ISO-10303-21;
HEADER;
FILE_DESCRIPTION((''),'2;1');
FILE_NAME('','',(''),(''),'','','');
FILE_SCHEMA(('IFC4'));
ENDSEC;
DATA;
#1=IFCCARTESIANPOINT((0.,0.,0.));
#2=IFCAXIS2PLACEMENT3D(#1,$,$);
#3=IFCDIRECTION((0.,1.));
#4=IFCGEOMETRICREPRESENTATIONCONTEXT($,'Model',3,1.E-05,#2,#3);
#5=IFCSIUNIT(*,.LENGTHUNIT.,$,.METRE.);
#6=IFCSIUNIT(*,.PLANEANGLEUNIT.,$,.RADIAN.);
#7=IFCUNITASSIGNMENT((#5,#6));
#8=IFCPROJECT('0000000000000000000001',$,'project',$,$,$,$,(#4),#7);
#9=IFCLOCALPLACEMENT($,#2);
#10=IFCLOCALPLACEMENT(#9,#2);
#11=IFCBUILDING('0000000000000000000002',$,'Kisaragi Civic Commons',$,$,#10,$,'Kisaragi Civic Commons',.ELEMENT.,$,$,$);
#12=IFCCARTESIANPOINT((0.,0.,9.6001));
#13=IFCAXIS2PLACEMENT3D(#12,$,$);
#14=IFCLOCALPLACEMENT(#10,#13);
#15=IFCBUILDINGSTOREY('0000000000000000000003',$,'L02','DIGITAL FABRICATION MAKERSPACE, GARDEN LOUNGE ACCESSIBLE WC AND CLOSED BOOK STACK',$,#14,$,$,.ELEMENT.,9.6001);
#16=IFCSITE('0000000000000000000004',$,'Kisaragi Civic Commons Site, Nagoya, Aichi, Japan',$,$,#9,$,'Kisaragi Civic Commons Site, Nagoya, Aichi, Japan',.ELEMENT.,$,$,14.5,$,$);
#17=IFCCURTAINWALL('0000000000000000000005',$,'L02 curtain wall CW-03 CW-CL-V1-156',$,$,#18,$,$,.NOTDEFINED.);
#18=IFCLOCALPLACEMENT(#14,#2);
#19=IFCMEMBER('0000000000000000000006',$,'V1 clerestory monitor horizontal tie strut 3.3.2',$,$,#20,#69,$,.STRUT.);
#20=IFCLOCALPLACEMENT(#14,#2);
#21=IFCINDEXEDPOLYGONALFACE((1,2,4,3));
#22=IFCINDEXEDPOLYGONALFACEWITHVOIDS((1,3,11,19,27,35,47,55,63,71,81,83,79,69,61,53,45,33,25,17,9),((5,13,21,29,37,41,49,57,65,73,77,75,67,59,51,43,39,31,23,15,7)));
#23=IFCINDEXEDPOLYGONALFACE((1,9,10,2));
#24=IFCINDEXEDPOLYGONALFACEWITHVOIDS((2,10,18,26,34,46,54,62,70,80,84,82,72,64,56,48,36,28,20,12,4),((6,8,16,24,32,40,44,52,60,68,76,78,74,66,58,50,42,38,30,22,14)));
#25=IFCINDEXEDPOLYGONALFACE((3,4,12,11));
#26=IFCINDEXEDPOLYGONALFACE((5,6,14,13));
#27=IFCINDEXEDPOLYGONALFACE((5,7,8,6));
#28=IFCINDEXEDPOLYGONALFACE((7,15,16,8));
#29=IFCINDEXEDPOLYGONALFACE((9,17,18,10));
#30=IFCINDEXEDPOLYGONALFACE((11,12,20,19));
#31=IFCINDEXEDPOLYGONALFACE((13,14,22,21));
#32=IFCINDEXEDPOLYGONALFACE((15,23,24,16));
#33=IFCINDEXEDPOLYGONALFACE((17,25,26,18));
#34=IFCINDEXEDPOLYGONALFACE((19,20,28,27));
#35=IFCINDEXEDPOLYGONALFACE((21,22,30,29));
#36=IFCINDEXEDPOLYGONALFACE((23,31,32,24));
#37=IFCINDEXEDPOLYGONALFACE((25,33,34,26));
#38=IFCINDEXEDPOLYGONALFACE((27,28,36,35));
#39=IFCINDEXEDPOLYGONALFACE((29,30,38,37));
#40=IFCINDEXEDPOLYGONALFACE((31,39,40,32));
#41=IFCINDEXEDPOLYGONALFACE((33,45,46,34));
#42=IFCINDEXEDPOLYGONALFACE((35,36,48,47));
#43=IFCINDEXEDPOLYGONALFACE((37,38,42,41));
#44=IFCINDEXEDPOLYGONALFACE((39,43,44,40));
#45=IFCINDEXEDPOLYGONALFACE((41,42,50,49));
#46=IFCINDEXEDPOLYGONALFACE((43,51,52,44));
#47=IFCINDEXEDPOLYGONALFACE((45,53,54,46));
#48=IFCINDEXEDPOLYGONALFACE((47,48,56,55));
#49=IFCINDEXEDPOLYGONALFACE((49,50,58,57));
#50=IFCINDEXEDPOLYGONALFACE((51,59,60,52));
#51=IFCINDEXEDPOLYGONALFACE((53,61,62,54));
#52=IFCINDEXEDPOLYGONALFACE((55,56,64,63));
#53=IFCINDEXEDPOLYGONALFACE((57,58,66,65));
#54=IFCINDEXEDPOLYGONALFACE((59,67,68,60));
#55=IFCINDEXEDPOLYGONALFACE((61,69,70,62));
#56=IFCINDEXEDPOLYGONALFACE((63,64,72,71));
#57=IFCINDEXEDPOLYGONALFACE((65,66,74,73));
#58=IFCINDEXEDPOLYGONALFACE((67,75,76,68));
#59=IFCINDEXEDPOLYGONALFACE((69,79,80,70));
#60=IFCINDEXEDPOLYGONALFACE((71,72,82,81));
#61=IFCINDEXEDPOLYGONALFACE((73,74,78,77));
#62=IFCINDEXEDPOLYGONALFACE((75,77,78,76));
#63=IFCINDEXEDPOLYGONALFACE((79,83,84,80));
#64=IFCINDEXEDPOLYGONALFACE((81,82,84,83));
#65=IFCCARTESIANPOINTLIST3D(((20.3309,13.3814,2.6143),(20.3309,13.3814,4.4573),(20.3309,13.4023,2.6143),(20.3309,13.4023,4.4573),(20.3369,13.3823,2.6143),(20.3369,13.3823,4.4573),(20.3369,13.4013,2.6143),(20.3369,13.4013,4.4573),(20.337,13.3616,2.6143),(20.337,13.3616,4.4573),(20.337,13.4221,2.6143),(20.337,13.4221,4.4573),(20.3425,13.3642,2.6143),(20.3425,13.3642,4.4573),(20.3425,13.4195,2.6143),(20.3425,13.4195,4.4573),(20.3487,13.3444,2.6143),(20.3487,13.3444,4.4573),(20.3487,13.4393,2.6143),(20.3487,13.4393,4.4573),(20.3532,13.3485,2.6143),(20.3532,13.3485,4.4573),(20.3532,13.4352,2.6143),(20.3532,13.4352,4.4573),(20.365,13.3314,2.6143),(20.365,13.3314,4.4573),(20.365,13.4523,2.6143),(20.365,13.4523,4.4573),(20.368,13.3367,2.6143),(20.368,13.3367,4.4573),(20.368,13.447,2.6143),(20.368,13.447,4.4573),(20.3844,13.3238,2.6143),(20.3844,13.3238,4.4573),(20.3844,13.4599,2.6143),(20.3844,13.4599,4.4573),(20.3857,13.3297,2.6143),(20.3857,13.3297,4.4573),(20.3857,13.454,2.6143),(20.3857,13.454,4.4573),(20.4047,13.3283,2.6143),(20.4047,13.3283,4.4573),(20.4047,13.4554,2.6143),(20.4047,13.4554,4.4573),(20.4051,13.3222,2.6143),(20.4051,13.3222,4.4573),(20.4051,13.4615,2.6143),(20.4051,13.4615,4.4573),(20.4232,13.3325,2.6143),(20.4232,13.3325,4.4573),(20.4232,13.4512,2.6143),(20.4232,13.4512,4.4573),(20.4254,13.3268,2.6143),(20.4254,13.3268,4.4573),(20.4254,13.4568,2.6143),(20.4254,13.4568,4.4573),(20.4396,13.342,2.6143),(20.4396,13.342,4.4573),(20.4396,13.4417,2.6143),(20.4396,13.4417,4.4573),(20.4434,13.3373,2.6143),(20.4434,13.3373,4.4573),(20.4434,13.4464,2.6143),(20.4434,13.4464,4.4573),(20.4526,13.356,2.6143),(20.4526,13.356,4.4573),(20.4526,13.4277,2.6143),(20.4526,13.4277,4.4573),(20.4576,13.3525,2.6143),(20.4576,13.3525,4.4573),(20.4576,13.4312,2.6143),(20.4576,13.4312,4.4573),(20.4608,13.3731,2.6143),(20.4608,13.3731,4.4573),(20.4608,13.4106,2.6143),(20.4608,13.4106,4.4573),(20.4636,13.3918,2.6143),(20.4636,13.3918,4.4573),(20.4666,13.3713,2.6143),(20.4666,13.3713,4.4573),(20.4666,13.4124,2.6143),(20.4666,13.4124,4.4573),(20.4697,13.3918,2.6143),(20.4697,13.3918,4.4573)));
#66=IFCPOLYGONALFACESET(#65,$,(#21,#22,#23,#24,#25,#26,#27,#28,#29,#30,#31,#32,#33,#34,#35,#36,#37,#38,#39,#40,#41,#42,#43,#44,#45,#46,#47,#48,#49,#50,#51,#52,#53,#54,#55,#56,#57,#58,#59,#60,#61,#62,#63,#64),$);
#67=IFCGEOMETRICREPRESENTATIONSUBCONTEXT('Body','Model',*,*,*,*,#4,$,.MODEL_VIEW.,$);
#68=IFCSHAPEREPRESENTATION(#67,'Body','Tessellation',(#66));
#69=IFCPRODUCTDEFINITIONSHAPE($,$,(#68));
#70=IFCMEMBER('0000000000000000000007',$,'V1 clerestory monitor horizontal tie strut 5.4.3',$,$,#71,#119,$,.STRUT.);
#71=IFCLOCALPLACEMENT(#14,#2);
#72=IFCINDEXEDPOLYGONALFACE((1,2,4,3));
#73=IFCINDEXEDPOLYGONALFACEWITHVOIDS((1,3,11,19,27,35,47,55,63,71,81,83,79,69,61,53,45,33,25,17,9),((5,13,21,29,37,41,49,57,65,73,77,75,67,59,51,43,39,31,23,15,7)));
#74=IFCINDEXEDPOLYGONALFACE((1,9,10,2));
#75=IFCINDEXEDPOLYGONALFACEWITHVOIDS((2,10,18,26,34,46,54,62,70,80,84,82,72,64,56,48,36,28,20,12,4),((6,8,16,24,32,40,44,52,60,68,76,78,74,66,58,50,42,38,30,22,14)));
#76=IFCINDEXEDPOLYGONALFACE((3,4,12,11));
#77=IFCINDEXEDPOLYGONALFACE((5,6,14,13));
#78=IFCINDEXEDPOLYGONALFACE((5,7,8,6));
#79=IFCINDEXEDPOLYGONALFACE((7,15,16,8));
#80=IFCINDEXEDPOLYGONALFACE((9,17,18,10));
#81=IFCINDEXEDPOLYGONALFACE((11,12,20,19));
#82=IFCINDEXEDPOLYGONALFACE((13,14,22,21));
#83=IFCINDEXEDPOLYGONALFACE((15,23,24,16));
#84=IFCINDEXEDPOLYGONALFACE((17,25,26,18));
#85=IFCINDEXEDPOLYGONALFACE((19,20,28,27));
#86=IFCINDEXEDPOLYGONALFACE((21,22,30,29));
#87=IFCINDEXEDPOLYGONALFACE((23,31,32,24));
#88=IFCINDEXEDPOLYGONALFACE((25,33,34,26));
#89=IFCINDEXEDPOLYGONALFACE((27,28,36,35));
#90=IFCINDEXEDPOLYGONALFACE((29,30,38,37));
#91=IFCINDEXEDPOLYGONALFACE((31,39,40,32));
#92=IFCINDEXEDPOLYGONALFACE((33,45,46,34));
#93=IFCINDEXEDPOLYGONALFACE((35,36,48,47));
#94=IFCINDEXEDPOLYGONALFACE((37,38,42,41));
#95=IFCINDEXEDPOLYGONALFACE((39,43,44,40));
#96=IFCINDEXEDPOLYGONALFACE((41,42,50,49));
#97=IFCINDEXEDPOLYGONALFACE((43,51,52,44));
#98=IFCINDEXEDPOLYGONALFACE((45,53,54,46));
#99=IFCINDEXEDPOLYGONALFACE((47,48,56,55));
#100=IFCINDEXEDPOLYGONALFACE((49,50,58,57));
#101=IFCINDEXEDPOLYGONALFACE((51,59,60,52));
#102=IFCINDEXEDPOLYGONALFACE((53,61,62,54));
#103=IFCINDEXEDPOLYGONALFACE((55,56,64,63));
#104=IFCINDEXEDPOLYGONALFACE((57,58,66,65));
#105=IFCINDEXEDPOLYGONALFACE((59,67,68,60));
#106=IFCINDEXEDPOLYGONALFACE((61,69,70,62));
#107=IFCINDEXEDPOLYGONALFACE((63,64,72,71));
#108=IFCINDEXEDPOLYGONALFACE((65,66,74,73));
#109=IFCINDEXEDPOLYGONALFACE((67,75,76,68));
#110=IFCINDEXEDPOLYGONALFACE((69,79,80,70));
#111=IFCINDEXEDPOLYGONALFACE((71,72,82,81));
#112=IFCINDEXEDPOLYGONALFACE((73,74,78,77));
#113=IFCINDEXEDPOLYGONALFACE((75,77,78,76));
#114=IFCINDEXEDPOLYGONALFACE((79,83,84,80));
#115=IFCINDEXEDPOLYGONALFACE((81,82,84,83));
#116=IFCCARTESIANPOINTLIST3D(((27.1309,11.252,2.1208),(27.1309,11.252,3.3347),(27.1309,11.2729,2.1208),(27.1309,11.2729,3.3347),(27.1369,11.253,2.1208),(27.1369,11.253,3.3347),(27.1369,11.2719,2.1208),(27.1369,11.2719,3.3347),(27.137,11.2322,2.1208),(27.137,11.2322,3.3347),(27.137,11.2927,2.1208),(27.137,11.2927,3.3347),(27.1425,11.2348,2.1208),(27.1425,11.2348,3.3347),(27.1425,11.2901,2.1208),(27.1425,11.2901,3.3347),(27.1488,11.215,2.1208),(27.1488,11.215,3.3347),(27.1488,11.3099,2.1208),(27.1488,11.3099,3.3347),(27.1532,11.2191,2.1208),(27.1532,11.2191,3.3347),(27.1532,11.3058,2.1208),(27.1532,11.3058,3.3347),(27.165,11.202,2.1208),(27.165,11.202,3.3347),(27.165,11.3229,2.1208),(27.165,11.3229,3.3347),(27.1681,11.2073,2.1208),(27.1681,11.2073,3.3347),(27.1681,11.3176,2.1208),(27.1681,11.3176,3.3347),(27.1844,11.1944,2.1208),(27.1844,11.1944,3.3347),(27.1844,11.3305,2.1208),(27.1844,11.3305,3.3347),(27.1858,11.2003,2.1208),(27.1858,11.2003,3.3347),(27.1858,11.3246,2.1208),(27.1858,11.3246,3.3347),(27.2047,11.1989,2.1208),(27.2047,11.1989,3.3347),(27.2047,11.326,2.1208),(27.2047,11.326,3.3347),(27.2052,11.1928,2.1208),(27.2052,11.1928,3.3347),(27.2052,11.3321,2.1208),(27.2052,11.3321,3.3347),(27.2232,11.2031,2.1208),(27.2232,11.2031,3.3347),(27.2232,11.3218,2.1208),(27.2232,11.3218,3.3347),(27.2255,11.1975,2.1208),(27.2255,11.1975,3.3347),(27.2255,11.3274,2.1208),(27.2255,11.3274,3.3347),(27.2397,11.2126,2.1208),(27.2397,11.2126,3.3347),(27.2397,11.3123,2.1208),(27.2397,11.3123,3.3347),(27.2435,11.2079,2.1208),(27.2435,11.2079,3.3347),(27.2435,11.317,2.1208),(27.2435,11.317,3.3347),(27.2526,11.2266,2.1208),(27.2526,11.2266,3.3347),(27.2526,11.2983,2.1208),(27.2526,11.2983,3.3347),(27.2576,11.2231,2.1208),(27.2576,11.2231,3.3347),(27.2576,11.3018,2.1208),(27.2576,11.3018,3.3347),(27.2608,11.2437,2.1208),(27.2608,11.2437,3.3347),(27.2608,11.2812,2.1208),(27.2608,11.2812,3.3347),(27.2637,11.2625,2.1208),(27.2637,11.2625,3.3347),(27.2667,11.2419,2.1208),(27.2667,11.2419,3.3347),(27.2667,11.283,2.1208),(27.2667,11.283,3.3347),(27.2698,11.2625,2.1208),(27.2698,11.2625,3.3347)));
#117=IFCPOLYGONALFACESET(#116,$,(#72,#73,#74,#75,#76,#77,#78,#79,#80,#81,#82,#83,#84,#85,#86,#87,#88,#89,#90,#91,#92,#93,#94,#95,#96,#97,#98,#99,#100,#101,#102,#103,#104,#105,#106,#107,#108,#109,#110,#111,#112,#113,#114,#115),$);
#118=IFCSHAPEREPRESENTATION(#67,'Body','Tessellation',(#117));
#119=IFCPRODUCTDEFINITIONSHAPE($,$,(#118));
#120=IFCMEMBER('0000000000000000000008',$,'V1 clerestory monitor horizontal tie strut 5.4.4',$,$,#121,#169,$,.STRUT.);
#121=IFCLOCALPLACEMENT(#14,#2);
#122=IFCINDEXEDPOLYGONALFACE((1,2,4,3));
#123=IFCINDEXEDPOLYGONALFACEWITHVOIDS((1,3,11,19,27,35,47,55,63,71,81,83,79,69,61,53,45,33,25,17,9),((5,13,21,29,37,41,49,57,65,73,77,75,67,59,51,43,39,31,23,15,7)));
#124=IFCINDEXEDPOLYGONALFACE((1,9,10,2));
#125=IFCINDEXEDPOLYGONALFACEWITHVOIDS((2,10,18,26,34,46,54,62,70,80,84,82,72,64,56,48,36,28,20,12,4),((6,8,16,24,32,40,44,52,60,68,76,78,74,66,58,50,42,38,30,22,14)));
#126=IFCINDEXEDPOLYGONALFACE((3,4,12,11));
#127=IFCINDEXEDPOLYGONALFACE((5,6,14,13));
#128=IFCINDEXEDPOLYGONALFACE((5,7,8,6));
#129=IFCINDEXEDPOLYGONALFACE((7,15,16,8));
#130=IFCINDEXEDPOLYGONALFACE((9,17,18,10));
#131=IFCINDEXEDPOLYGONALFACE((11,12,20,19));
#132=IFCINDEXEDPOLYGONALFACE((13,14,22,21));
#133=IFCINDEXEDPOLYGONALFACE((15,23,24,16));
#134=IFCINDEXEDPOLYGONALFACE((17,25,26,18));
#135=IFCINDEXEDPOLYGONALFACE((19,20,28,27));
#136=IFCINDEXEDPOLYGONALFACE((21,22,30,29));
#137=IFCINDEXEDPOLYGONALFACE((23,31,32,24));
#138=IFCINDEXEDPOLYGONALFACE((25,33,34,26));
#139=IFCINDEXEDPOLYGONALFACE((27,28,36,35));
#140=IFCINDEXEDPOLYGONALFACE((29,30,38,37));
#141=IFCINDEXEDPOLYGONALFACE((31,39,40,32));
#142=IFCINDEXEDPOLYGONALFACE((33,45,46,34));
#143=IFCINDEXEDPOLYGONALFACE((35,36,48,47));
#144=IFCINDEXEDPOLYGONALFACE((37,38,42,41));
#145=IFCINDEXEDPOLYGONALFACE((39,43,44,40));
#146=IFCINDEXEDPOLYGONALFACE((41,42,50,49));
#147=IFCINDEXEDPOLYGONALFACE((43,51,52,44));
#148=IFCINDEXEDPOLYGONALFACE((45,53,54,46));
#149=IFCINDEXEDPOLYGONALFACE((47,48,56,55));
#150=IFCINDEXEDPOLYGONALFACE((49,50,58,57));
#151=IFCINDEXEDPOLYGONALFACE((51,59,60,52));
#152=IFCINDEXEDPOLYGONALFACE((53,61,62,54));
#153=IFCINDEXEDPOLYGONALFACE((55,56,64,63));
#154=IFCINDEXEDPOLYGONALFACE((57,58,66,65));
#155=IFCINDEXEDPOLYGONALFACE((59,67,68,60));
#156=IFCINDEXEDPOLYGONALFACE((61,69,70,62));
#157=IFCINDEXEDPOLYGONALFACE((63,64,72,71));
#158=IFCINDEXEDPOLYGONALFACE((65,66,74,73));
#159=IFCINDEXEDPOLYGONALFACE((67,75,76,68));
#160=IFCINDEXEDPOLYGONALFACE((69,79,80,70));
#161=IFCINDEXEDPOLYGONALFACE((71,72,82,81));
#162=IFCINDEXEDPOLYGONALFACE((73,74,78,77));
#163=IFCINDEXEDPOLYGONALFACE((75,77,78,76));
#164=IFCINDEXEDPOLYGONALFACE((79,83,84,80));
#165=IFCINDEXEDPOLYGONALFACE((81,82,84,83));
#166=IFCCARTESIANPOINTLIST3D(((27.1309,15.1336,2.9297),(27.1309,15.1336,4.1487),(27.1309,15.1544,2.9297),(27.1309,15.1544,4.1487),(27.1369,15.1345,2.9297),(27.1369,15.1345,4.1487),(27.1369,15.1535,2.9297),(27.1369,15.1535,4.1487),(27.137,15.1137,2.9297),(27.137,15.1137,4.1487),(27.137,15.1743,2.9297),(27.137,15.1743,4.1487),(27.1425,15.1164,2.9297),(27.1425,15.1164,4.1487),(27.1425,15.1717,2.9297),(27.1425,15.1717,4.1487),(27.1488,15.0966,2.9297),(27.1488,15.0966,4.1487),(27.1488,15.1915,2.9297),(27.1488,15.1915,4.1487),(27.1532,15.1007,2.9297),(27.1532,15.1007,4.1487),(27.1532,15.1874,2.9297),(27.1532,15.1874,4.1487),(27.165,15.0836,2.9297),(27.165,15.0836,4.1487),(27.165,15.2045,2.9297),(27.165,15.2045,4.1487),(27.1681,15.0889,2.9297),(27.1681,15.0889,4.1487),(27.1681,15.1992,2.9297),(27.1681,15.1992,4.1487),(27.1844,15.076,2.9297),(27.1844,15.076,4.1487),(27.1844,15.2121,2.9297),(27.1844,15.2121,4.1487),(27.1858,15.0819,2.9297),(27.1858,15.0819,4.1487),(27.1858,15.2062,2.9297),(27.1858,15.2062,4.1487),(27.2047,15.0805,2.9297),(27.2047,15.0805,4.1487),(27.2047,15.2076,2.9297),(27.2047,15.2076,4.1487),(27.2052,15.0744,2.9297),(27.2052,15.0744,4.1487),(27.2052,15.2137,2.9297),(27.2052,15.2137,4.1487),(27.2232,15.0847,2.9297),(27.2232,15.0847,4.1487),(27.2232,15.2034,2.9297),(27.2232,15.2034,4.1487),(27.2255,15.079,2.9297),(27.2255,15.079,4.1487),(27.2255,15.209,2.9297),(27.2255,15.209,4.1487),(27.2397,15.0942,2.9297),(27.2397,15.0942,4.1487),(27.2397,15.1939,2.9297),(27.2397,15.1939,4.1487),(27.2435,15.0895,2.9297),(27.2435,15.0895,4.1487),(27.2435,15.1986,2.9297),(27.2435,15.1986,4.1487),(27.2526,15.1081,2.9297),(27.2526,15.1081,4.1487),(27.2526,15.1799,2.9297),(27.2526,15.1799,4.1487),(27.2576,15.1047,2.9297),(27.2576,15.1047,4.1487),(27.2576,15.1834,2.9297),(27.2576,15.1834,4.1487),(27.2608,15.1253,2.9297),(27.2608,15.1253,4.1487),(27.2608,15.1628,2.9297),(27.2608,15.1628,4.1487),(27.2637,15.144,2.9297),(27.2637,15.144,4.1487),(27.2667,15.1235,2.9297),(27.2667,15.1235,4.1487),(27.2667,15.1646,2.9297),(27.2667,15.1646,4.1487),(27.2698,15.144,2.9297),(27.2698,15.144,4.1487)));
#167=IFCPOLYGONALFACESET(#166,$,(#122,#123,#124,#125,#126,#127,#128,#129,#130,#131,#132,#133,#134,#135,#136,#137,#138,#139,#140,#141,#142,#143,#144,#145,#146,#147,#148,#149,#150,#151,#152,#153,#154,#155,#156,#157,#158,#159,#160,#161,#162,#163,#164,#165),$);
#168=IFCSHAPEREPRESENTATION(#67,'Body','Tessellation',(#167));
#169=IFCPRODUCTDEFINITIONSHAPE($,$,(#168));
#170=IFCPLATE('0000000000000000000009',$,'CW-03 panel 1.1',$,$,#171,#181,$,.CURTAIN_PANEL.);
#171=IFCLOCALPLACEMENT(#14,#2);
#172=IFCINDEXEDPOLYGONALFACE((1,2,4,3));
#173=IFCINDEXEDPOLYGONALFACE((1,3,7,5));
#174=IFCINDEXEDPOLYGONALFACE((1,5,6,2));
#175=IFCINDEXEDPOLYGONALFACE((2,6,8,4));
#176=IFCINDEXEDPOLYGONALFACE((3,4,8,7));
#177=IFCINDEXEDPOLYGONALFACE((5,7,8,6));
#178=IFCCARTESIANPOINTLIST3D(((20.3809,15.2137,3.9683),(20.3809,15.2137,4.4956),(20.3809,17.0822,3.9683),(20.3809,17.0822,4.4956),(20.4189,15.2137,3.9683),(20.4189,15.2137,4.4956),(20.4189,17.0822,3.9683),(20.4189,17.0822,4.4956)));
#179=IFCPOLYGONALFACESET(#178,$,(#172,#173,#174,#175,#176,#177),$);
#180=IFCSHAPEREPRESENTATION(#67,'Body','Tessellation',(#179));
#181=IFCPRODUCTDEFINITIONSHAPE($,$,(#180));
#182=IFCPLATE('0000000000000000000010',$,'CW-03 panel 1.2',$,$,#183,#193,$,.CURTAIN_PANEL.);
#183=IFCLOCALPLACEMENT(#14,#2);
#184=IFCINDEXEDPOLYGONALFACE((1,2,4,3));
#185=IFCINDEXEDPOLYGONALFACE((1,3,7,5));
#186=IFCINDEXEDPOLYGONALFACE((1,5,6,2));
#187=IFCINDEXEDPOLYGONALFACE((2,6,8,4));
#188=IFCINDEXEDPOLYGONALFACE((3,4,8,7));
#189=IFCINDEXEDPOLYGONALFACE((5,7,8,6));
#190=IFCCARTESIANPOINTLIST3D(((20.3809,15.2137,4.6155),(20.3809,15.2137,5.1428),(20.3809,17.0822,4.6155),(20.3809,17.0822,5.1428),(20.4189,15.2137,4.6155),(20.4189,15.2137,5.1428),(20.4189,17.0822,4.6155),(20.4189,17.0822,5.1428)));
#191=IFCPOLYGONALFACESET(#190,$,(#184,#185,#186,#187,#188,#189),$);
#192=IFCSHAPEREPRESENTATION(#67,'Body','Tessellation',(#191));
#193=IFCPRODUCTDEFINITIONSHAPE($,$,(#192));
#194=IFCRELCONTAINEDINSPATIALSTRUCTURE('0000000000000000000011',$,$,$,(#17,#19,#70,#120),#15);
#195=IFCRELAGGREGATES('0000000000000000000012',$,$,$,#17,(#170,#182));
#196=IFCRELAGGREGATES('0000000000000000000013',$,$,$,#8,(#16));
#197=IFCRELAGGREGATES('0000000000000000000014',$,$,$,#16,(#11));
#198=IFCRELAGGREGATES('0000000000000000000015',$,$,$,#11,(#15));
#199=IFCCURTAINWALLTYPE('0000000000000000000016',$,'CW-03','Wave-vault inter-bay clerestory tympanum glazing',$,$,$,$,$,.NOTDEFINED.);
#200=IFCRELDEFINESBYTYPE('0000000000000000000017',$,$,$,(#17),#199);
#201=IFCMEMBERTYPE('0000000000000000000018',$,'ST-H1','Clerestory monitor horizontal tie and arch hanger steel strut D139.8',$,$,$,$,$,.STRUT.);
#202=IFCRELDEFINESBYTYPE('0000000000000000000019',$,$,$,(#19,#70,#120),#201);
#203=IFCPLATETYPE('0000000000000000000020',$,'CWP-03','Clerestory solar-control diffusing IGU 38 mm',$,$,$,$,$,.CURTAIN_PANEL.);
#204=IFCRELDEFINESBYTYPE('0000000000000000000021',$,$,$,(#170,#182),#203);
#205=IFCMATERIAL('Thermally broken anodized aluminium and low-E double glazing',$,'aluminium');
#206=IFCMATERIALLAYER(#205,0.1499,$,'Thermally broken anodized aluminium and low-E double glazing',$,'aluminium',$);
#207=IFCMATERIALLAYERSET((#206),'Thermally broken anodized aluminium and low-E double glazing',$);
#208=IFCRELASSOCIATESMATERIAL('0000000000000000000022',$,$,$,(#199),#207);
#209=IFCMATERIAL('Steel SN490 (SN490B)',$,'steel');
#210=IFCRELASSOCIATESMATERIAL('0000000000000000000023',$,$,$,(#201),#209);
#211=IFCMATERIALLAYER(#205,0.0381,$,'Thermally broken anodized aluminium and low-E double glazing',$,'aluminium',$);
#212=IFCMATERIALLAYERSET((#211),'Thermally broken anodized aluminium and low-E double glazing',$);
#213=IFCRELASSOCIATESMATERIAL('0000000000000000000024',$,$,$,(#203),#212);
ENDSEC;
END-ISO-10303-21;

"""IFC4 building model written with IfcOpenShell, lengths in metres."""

from ifc_helpers import new_model, si_unit, direction, frame, origin, origin_2d, place, context, subcontext, project, spatial, rectangle, hollow_circle, extrude, material, layer, layer_set, material_profile, profile_set, type_object, element, aggregate, save


model = new_model("IFC4")

# Units and contexts
model_context = context("Model", 3, precision=1e-05, world=origin(), true_north=direction((0.0, 1.0)))
body_context = subcontext(model_context, "Body", "Model", "MODEL_VIEW")
ifc_project = project(units=[si_unit("LENGTHUNIT", "METRE"), si_unit("PLANEANGLEUNIT", "RADIAN")], contexts=[model_context])

# Site, building, storey
site_placement = place(None, origin())
site = spatial("IfcSite", under=ifc_project, at=site_placement, Name="Kisaragi Civic Commons Site, Nagoya, Aichi, Japan", LongName="Kisaragi Civic Commons Site, Nagoya, Aichi, Japan", CompositionType="ELEMENT", RefElevation=14.5)
building_placement = place(site_placement, origin())
building = spatial("IfcBuilding", under=site, at=building_placement, Name="Kisaragi Civic Commons", LongName="Kisaragi Civic Commons", CompositionType="ELEMENT")
storey_placement = place(building_placement, frame((0.0, 0.0, 9.6001)))
storey = spatial("IfcBuildingStorey", under=building, at=storey_placement, Name="L02", Description="DIGITAL FABRICATION MAKERSPACE, GARDEN LOUNGE ACCESSIBLE WC AND CLOSED BOOK STACK", CompositionType="ELEMENT", Elevation=9.6001)

# Shared definitions
ifc_material_1 = material(Name="Thermally broken anodized aluminium and low-E double glazing", Category="aluminium")
ifc_layer_1 = layer(ifc_material_1, 0.1499, Name="Thermally broken anodized aluminium and low-E double glazing", Category="aluminium")
ifc_layer_set_1 = layer_set([ifc_layer_1], Name="Thermally broken anodized aluminium and low-E double glazing")
curtain_wall_type = type_object("IfcCurtainWallType", Name="CW-03", Description="Wave-vault inter-bay clerestory tympanum glazing", PredefinedType="NOTDEFINED", material=ifc_layer_set_1)

# Curtain wall
curtain_wall_1_placement = place(storey_placement, origin())
curtain_wall_1 = element("IfcCurtainWall", 1, at=curtain_wall_1_placement, inside=storey, type_object=curtain_wall_type, Name="L02 curtain wall CW-03 CW-CL-V1-156", PredefinedType="NOTDEFINED")

# Members
ifc_material_2 = material(Name="Steel SN490 (SN490B)", Category="steel")
ifc_material_profile_1 = material_profile(ifc_material_2, hollow_circle(Radius=0.0698, WallThickness=0.0061, at=origin_2d()), Name="CHS-139.8x6.0", Category="steel")
ifc_profile_set_1 = profile_set([ifc_material_profile_1], Name="Steel SN490 (SN490B)")
member_type_1 = type_object("IfcMemberType", Name="ST-H1", Description="Clerestory monitor horizontal tie and arch hanger steel strut D139.8", PredefinedType="STRUT", material=ifc_profile_set_1)
member_1_placement = place(storey_placement, frame((20.3999, 13.3918, 2.6143), z_axis=(0.0, 0.0, 1.0), x_axis=(1.0, 0.0, 0.0)))
element("IfcMember", 2, at=member_1_placement, inside=storey, type_object=member_type_1, Name="V1 clerestory monitor horizontal tie strut 3.3.2", PredefinedType="STRUT", context=body_context, shape_type="SweptSolid", body=[
    extrude(hollow_circle(Radius=0.0698, WallThickness=0.0061, at=origin_2d()), origin(), (0.0, 0.0, 1.0), 1.843),
])
member_2_placement = place(storey_placement, frame((27.2, 11.2625, 2.1208), z_axis=(0.0, 0.0, 1.0), x_axis=(1.0, 0.0, 0.0)))
element("IfcMember", 3, at=member_2_placement, inside=storey, type_object=member_type_1, Name="V1 clerestory monitor horizontal tie strut 5.4.3", PredefinedType="STRUT", context=body_context, shape_type="SweptSolid", body=[
    extrude(hollow_circle(Radius=0.0698, WallThickness=0.0061, at=origin_2d()), origin(), (0.0, 0.0, 1.0), 1.2139),
])
member_3_placement = place(storey_placement, frame((27.2, 15.144, 2.9297), z_axis=(0.0, 0.0, 1.0), x_axis=(1.0, 0.0, 0.0)))
element("IfcMember", 4, at=member_3_placement, inside=storey, type_object=member_type_1, Name="V1 clerestory monitor horizontal tie strut 5.4.4", PredefinedType="STRUT", context=body_context, shape_type="SweptSolid", body=[
    extrude(hollow_circle(Radius=0.0698, WallThickness=0.0061, at=origin_2d()), origin(), (0.0, 0.0, 1.0), 1.219),
])

# Plates
ifc_layer_2 = layer(ifc_material_1, 0.0381, Name="Thermally broken anodized aluminium and low-E double glazing", Category="aluminium")
ifc_layer_set_2 = layer_set([ifc_layer_2], Name="Thermally broken anodized aluminium and low-E double glazing")
plate_type_1 = type_object("IfcPlateType", Name="CWP-03", Description="Clerestory solar-control diffusing IGU 38 mm", PredefinedType="CURTAIN_PANEL", material=ifc_layer_set_2)
plate_1_placement = place(storey_placement, frame((20.3999, 16.1479, 3.9683), z_axis=(0.0, 0.0, 1.0), x_axis=(0.0, 1.0, 0.0)))
plate_1 = element("IfcPlate", 5, at=plate_1_placement, type_object=plate_type_1, Name="CW-03 panel 1.1", PredefinedType="CURTAIN_PANEL", context=body_context, shape_type="SweptSolid", body=[
    extrude(rectangle(XDim=1.8684, YDim=0.0381, at=origin_2d()), origin(), (0.0, 0.0, 1.0), 0.5273),
])
plate_2_placement = place(storey_placement, frame((20.3999, 16.1479, 4.6155), z_axis=(0.0, 0.0, 1.0), x_axis=(0.0, 1.0, 0.0)))
plate_2 = element("IfcPlate", 6, at=plate_2_placement, type_object=plate_type_1, Name="CW-03 panel 1.2", PredefinedType="CURTAIN_PANEL", context=body_context, shape_type="SweptSolid", body=[
    extrude(rectangle(XDim=1.8684, YDim=0.0381, at=origin_2d()), origin(), (0.0, 0.0, 1.0), 0.5273),
])
aggregate(curtain_wall_1, [plate_1, plate_2])

save(model, "model.ifc")
